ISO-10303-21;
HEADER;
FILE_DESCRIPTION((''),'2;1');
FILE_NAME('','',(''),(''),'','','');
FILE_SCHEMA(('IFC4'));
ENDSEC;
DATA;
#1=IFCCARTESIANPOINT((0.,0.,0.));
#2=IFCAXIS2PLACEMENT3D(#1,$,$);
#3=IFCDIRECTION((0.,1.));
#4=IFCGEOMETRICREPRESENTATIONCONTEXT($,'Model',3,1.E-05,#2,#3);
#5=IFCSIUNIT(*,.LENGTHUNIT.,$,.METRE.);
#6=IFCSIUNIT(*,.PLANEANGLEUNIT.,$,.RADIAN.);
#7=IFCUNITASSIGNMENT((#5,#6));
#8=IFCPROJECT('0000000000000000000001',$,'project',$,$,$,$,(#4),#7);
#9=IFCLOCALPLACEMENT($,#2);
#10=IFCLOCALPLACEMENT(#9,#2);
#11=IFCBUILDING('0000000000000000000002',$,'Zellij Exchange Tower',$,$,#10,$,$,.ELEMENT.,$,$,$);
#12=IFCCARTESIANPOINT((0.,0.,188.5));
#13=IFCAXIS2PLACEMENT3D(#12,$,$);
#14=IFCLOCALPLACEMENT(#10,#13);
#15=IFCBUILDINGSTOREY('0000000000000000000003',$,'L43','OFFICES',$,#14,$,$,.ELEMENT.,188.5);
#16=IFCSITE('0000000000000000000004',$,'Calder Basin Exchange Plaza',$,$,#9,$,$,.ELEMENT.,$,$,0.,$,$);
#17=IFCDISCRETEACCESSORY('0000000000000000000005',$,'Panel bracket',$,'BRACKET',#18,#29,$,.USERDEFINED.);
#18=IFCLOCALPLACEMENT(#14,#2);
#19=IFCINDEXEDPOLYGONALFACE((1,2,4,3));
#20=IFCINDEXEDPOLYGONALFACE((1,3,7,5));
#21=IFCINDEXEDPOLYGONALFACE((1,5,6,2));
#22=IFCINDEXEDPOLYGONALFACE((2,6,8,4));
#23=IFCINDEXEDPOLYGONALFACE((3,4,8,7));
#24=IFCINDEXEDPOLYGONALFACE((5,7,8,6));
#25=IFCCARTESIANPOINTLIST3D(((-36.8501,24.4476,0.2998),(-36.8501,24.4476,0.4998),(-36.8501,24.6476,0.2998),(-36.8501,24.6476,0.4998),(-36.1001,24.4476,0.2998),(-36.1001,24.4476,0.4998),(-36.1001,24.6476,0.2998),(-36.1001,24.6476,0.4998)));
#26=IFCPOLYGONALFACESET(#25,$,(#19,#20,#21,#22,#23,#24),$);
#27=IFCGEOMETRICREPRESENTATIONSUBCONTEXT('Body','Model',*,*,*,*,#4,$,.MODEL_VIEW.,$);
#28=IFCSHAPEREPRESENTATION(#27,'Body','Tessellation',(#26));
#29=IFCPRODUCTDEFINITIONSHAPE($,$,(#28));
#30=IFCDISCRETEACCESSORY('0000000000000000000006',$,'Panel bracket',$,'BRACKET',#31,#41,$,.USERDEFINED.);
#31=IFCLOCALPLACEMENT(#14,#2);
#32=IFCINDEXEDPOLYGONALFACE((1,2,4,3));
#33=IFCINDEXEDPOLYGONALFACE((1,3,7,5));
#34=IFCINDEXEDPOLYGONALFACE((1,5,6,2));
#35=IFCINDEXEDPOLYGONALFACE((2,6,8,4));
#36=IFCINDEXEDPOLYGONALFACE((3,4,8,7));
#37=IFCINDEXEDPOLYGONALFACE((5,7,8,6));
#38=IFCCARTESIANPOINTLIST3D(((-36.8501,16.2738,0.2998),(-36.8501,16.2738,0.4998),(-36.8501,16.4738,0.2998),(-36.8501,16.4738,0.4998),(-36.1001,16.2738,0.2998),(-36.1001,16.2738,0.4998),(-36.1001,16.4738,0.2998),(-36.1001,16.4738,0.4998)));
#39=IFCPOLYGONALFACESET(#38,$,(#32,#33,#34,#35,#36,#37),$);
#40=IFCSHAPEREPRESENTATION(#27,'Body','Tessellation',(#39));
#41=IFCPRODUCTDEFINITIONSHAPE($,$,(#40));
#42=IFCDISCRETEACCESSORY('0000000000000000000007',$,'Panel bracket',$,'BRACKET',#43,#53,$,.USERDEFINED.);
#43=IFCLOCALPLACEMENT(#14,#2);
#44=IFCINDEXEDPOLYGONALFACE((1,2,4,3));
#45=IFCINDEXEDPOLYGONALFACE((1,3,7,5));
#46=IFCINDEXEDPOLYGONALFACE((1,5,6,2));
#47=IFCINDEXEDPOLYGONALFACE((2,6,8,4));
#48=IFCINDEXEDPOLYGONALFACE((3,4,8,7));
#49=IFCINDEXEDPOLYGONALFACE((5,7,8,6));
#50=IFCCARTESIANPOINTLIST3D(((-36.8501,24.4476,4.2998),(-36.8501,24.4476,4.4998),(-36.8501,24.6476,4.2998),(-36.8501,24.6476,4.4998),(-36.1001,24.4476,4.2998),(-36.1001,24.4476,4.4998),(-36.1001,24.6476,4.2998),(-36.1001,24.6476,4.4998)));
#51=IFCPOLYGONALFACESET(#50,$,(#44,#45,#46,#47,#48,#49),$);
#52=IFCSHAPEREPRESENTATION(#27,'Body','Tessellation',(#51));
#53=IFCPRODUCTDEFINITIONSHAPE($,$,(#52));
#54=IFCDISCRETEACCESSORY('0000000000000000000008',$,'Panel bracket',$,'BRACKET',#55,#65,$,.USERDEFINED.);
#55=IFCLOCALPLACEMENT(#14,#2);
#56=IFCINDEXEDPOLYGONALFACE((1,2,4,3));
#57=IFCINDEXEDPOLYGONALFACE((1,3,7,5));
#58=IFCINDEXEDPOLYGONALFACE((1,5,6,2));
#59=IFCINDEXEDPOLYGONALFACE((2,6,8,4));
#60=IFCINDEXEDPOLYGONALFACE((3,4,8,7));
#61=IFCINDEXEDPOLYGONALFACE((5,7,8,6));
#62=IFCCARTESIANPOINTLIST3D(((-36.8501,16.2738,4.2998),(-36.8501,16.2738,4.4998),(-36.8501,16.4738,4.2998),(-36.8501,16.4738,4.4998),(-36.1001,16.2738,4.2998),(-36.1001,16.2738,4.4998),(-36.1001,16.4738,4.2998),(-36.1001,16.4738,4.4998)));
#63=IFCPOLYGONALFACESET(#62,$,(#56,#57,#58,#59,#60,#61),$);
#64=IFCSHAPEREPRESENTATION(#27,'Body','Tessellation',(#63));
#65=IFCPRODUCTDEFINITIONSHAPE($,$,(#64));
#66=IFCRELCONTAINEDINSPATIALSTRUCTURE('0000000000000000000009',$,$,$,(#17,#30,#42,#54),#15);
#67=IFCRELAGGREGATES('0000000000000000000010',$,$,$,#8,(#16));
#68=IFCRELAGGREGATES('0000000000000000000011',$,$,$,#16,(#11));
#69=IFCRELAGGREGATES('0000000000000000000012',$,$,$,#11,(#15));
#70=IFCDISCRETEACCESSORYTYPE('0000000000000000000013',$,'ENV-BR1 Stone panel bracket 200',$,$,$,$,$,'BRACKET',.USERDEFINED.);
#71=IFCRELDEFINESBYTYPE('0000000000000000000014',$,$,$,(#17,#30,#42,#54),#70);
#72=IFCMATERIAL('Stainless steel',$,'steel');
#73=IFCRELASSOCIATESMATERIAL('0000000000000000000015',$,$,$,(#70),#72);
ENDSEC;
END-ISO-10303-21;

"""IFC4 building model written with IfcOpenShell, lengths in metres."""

from ifc_helpers import new_model, si_unit, direction, frame, origin, origin_2d, place, context, subcontext, project, spatial, rectangle, extrude, material, type_object, element, save


model = new_model("IFC4")

# Units and contexts
model_context = context("Model", 3, precision=1e-05, world=origin(), true_north=direction((0.0, 1.0)))
body_context = subcontext(model_context, "Body", "Model", "MODEL_VIEW")
ifc_project = project(units=[si_unit("LENGTHUNIT", "METRE"), si_unit("PLANEANGLEUNIT", "RADIAN")], contexts=[model_context])

# Site, building, storey
site_placement = place(None, origin())
site = spatial("IfcSite", under=ifc_project, at=site_placement, Name="Calder Basin Exchange Plaza", CompositionType="ELEMENT", RefElevation=0.0)
building_placement = place(site_placement, origin())
building = spatial("IfcBuilding", under=site, at=building_placement, Name="Zellij Exchange Tower", CompositionType="ELEMENT")
storey_placement = place(building_placement, frame((0.0, 0.0, 188.5)))
storey = spatial("IfcBuildingStorey", under=building, at=storey_placement, Name="L43", Description="OFFICES", CompositionType="ELEMENT", Elevation=188.5)

# Discrete accessories
ifc_material_1 = material(Name="Stainless steel", Category="steel")
discrete_accessory_type = type_object("IfcDiscreteAccessoryType", Name="ENV-BR1 Stone panel bracket 200", ElementType="BRACKET", PredefinedType="USERDEFINED", material=ifc_material_1)
for number, where, z_axis, x_axis, name in (
    (1, (-36.4751, 24.5476, 0.2998), (0.0, 0.0, 1.0), (0.0, -1.0, 0.0), "Panel bracket"),
    (2, (-36.4751, 16.3738, 0.2998), (0.0, 0.0, 1.0), (0.0, -1.0, 0.0), "Panel bracket"),
    (3, (-36.4751, 24.5476, 4.2998), (0.0, 0.0, 1.0), (0.0, -1.0, 0.0), "Panel bracket"),
    (4, (-36.4751, 16.3738, 4.2998), (0.0, 0.0, 1.0), (0.0, -1.0, 0.0), "Panel bracket"),
):
    element("IfcDiscreteAccessory", number, at=place(storey_placement, frame(where, z_axis=z_axis, x_axis=x_axis)), inside=storey, type_object=discrete_accessory_type, Name=name, ObjectType="BRACKET", PredefinedType="USERDEFINED", context=body_context, shape_type="SweptSolid", body=[
        extrude(rectangle(XDim=0.2, YDim=0.75, at=origin_2d()), origin(), (0.0, 0.0, 1.0), 0.2),
    ])

save(model, "model.ifc")
